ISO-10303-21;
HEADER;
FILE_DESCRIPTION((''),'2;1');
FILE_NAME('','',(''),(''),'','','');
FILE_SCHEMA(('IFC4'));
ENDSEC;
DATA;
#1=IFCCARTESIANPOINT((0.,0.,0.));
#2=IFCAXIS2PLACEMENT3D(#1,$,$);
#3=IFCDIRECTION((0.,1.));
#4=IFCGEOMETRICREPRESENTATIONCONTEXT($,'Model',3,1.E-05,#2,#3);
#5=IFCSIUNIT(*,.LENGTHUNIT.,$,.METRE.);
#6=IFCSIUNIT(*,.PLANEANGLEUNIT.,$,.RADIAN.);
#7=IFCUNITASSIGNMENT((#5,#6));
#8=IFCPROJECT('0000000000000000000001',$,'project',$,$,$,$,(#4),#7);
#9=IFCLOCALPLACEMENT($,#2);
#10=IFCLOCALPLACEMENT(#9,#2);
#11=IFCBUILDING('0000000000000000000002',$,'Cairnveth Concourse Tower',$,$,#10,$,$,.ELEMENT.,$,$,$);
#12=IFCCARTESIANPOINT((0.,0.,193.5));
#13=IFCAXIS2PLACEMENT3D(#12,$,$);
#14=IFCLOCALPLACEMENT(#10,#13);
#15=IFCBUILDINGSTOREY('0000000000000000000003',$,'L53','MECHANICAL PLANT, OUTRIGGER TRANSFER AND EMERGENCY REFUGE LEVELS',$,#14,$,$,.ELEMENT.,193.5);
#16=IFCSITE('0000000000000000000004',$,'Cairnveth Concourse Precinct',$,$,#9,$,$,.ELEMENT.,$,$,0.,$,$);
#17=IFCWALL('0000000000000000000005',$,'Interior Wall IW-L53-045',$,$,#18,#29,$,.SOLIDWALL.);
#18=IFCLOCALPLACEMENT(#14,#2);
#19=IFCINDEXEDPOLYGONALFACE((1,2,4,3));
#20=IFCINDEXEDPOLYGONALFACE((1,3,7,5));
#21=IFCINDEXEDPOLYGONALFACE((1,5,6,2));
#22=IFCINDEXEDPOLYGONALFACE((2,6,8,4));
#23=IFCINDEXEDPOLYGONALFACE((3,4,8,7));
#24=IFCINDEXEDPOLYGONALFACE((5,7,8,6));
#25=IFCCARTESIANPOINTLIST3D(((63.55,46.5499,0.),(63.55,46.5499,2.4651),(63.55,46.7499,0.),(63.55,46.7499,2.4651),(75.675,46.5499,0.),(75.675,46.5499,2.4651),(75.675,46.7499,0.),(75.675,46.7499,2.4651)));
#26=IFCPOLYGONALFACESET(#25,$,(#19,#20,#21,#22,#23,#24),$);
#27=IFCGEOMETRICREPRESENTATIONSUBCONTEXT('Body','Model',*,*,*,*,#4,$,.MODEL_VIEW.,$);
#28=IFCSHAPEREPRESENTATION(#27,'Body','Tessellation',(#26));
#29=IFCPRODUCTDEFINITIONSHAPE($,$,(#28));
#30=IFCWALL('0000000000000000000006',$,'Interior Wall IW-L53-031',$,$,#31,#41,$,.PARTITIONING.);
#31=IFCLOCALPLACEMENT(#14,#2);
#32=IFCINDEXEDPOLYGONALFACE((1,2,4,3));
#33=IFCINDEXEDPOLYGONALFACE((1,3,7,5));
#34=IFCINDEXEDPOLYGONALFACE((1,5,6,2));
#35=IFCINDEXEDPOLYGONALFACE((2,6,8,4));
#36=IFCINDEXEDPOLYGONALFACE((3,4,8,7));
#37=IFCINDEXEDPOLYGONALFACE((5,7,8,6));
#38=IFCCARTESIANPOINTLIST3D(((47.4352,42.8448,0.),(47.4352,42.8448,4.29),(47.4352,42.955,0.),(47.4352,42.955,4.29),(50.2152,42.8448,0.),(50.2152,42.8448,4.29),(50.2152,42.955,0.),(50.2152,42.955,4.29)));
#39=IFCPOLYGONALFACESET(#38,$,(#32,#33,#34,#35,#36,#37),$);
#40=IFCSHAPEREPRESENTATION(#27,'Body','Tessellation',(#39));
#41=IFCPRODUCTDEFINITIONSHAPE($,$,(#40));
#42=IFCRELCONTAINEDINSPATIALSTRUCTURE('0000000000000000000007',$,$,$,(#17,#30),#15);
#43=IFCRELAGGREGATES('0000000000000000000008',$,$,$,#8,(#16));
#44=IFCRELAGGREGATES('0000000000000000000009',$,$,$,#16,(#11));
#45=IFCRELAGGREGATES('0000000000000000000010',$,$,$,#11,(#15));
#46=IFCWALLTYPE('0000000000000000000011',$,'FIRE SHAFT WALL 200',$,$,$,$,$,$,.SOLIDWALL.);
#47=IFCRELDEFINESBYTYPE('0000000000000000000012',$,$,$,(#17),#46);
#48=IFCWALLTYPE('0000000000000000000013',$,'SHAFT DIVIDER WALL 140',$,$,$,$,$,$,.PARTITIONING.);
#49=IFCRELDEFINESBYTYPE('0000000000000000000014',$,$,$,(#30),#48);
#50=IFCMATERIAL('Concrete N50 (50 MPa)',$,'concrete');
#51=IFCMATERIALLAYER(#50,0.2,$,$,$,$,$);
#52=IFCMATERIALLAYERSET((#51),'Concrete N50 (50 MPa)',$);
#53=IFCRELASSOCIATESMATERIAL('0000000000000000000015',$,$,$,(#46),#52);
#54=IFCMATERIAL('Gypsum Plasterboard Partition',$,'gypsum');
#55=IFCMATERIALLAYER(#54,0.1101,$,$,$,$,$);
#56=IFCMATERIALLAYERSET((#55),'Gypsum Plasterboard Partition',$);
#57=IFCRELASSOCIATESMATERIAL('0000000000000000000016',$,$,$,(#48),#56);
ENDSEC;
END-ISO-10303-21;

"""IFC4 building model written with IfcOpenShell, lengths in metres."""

from ifc_helpers import new_model, si_unit, direction, frame, frame_2d, origin, place, context, subcontext, project, spatial, rectangle, extrude, material, layer, layer_set, type_object, element, save


model = new_model("IFC4")

# Units and contexts
model_context = context("Model", 3, precision=1e-05, world=origin(), true_north=direction((0.0, 1.0)))
body_context = subcontext(model_context, "Body", "Model", "MODEL_VIEW")
ifc_project = project(units=[si_unit("LENGTHUNIT", "METRE"), si_unit("PLANEANGLEUNIT", "RADIAN")], contexts=[model_context])

# Site, building, storey
site_placement = place(None, origin())
site = spatial("IfcSite", under=ifc_project, at=site_placement, Name="Cairnveth Concourse Precinct", CompositionType="ELEMENT", RefElevation=0.0)
building_placement = place(site_placement, origin())
building = spatial("IfcBuilding", under=site, at=building_placement, Name="Cairnveth Concourse Tower", CompositionType="ELEMENT")
storey_placement = place(building_placement, frame((0.0, 0.0, 193.5)))
storey = spatial("IfcBuildingStorey", under=building, at=storey_placement, Name="L53", Description="MECHANICAL PLANT, OUTRIGGER TRANSFER AND EMERGENCY REFUGE LEVELS", CompositionType="ELEMENT", Elevation=193.5)

# Shared definitions
ifc_material_1 = material(Name="Concrete N50 (50 MPa)", Category="concrete")
ifc_layer_1 = layer(ifc_material_1, 0.2)
ifc_layer_set_1 = layer_set([ifc_layer_1], Name="Concrete N50 (50 MPa)")
wall_type_1 = type_object("IfcWallType", Name="FIRE SHAFT WALL 200", PredefinedType="SOLIDWALL", material=ifc_layer_set_1)

# Walls
wall_1_placement = place(storey_placement, frame((63.55, 46.6499, 0.0), z_axis=(0.0, 0.0, 1.0), x_axis=(1.0, 0.0, 0.0)))
element("IfcWall", 1, at=wall_1_placement, inside=storey, type_object=wall_type_1, Name="Interior Wall IW-L53-045", PredefinedType="SOLIDWALL", context=body_context, shape_type="SweptSolid", body=[
    extrude(rectangle(XDim=12.125, YDim=0.2, at=frame_2d((6.0625, 0.0))), origin(), (0.0, 0.0, 1.0), 2.4651),
])
ifc_material_2 = material(Name="Gypsum Plasterboard Partition", Category="gypsum")
ifc_layer_2 = layer(ifc_material_2, 0.1101)
ifc_layer_set_2 = layer_set([ifc_layer_2], Name="Gypsum Plasterboard Partition")
wall_type_2 = type_object("IfcWallType", Name="SHAFT DIVIDER WALL 140", PredefinedType="PARTITIONING", material=ifc_layer_set_2)
wall_2_placement = place(storey_placement, frame((47.4351, 42.8999, 0.0), z_axis=(0.0, 0.0, 1.0), x_axis=(1.0, 0.0, 0.0)))
element("IfcWall", 2, at=wall_2_placement, inside=storey, type_object=wall_type_2, Name="Interior Wall IW-L53-031", PredefinedType="PARTITIONING", context=body_context, shape_type="SweptSolid", body=[
    extrude(rectangle(XDim=2.78, YDim=0.1101, at=frame_2d((1.3901, 0.0))), origin(), (0.0, 0.0, 1.0), 4.29),
])

save(model, "model.ifc")
